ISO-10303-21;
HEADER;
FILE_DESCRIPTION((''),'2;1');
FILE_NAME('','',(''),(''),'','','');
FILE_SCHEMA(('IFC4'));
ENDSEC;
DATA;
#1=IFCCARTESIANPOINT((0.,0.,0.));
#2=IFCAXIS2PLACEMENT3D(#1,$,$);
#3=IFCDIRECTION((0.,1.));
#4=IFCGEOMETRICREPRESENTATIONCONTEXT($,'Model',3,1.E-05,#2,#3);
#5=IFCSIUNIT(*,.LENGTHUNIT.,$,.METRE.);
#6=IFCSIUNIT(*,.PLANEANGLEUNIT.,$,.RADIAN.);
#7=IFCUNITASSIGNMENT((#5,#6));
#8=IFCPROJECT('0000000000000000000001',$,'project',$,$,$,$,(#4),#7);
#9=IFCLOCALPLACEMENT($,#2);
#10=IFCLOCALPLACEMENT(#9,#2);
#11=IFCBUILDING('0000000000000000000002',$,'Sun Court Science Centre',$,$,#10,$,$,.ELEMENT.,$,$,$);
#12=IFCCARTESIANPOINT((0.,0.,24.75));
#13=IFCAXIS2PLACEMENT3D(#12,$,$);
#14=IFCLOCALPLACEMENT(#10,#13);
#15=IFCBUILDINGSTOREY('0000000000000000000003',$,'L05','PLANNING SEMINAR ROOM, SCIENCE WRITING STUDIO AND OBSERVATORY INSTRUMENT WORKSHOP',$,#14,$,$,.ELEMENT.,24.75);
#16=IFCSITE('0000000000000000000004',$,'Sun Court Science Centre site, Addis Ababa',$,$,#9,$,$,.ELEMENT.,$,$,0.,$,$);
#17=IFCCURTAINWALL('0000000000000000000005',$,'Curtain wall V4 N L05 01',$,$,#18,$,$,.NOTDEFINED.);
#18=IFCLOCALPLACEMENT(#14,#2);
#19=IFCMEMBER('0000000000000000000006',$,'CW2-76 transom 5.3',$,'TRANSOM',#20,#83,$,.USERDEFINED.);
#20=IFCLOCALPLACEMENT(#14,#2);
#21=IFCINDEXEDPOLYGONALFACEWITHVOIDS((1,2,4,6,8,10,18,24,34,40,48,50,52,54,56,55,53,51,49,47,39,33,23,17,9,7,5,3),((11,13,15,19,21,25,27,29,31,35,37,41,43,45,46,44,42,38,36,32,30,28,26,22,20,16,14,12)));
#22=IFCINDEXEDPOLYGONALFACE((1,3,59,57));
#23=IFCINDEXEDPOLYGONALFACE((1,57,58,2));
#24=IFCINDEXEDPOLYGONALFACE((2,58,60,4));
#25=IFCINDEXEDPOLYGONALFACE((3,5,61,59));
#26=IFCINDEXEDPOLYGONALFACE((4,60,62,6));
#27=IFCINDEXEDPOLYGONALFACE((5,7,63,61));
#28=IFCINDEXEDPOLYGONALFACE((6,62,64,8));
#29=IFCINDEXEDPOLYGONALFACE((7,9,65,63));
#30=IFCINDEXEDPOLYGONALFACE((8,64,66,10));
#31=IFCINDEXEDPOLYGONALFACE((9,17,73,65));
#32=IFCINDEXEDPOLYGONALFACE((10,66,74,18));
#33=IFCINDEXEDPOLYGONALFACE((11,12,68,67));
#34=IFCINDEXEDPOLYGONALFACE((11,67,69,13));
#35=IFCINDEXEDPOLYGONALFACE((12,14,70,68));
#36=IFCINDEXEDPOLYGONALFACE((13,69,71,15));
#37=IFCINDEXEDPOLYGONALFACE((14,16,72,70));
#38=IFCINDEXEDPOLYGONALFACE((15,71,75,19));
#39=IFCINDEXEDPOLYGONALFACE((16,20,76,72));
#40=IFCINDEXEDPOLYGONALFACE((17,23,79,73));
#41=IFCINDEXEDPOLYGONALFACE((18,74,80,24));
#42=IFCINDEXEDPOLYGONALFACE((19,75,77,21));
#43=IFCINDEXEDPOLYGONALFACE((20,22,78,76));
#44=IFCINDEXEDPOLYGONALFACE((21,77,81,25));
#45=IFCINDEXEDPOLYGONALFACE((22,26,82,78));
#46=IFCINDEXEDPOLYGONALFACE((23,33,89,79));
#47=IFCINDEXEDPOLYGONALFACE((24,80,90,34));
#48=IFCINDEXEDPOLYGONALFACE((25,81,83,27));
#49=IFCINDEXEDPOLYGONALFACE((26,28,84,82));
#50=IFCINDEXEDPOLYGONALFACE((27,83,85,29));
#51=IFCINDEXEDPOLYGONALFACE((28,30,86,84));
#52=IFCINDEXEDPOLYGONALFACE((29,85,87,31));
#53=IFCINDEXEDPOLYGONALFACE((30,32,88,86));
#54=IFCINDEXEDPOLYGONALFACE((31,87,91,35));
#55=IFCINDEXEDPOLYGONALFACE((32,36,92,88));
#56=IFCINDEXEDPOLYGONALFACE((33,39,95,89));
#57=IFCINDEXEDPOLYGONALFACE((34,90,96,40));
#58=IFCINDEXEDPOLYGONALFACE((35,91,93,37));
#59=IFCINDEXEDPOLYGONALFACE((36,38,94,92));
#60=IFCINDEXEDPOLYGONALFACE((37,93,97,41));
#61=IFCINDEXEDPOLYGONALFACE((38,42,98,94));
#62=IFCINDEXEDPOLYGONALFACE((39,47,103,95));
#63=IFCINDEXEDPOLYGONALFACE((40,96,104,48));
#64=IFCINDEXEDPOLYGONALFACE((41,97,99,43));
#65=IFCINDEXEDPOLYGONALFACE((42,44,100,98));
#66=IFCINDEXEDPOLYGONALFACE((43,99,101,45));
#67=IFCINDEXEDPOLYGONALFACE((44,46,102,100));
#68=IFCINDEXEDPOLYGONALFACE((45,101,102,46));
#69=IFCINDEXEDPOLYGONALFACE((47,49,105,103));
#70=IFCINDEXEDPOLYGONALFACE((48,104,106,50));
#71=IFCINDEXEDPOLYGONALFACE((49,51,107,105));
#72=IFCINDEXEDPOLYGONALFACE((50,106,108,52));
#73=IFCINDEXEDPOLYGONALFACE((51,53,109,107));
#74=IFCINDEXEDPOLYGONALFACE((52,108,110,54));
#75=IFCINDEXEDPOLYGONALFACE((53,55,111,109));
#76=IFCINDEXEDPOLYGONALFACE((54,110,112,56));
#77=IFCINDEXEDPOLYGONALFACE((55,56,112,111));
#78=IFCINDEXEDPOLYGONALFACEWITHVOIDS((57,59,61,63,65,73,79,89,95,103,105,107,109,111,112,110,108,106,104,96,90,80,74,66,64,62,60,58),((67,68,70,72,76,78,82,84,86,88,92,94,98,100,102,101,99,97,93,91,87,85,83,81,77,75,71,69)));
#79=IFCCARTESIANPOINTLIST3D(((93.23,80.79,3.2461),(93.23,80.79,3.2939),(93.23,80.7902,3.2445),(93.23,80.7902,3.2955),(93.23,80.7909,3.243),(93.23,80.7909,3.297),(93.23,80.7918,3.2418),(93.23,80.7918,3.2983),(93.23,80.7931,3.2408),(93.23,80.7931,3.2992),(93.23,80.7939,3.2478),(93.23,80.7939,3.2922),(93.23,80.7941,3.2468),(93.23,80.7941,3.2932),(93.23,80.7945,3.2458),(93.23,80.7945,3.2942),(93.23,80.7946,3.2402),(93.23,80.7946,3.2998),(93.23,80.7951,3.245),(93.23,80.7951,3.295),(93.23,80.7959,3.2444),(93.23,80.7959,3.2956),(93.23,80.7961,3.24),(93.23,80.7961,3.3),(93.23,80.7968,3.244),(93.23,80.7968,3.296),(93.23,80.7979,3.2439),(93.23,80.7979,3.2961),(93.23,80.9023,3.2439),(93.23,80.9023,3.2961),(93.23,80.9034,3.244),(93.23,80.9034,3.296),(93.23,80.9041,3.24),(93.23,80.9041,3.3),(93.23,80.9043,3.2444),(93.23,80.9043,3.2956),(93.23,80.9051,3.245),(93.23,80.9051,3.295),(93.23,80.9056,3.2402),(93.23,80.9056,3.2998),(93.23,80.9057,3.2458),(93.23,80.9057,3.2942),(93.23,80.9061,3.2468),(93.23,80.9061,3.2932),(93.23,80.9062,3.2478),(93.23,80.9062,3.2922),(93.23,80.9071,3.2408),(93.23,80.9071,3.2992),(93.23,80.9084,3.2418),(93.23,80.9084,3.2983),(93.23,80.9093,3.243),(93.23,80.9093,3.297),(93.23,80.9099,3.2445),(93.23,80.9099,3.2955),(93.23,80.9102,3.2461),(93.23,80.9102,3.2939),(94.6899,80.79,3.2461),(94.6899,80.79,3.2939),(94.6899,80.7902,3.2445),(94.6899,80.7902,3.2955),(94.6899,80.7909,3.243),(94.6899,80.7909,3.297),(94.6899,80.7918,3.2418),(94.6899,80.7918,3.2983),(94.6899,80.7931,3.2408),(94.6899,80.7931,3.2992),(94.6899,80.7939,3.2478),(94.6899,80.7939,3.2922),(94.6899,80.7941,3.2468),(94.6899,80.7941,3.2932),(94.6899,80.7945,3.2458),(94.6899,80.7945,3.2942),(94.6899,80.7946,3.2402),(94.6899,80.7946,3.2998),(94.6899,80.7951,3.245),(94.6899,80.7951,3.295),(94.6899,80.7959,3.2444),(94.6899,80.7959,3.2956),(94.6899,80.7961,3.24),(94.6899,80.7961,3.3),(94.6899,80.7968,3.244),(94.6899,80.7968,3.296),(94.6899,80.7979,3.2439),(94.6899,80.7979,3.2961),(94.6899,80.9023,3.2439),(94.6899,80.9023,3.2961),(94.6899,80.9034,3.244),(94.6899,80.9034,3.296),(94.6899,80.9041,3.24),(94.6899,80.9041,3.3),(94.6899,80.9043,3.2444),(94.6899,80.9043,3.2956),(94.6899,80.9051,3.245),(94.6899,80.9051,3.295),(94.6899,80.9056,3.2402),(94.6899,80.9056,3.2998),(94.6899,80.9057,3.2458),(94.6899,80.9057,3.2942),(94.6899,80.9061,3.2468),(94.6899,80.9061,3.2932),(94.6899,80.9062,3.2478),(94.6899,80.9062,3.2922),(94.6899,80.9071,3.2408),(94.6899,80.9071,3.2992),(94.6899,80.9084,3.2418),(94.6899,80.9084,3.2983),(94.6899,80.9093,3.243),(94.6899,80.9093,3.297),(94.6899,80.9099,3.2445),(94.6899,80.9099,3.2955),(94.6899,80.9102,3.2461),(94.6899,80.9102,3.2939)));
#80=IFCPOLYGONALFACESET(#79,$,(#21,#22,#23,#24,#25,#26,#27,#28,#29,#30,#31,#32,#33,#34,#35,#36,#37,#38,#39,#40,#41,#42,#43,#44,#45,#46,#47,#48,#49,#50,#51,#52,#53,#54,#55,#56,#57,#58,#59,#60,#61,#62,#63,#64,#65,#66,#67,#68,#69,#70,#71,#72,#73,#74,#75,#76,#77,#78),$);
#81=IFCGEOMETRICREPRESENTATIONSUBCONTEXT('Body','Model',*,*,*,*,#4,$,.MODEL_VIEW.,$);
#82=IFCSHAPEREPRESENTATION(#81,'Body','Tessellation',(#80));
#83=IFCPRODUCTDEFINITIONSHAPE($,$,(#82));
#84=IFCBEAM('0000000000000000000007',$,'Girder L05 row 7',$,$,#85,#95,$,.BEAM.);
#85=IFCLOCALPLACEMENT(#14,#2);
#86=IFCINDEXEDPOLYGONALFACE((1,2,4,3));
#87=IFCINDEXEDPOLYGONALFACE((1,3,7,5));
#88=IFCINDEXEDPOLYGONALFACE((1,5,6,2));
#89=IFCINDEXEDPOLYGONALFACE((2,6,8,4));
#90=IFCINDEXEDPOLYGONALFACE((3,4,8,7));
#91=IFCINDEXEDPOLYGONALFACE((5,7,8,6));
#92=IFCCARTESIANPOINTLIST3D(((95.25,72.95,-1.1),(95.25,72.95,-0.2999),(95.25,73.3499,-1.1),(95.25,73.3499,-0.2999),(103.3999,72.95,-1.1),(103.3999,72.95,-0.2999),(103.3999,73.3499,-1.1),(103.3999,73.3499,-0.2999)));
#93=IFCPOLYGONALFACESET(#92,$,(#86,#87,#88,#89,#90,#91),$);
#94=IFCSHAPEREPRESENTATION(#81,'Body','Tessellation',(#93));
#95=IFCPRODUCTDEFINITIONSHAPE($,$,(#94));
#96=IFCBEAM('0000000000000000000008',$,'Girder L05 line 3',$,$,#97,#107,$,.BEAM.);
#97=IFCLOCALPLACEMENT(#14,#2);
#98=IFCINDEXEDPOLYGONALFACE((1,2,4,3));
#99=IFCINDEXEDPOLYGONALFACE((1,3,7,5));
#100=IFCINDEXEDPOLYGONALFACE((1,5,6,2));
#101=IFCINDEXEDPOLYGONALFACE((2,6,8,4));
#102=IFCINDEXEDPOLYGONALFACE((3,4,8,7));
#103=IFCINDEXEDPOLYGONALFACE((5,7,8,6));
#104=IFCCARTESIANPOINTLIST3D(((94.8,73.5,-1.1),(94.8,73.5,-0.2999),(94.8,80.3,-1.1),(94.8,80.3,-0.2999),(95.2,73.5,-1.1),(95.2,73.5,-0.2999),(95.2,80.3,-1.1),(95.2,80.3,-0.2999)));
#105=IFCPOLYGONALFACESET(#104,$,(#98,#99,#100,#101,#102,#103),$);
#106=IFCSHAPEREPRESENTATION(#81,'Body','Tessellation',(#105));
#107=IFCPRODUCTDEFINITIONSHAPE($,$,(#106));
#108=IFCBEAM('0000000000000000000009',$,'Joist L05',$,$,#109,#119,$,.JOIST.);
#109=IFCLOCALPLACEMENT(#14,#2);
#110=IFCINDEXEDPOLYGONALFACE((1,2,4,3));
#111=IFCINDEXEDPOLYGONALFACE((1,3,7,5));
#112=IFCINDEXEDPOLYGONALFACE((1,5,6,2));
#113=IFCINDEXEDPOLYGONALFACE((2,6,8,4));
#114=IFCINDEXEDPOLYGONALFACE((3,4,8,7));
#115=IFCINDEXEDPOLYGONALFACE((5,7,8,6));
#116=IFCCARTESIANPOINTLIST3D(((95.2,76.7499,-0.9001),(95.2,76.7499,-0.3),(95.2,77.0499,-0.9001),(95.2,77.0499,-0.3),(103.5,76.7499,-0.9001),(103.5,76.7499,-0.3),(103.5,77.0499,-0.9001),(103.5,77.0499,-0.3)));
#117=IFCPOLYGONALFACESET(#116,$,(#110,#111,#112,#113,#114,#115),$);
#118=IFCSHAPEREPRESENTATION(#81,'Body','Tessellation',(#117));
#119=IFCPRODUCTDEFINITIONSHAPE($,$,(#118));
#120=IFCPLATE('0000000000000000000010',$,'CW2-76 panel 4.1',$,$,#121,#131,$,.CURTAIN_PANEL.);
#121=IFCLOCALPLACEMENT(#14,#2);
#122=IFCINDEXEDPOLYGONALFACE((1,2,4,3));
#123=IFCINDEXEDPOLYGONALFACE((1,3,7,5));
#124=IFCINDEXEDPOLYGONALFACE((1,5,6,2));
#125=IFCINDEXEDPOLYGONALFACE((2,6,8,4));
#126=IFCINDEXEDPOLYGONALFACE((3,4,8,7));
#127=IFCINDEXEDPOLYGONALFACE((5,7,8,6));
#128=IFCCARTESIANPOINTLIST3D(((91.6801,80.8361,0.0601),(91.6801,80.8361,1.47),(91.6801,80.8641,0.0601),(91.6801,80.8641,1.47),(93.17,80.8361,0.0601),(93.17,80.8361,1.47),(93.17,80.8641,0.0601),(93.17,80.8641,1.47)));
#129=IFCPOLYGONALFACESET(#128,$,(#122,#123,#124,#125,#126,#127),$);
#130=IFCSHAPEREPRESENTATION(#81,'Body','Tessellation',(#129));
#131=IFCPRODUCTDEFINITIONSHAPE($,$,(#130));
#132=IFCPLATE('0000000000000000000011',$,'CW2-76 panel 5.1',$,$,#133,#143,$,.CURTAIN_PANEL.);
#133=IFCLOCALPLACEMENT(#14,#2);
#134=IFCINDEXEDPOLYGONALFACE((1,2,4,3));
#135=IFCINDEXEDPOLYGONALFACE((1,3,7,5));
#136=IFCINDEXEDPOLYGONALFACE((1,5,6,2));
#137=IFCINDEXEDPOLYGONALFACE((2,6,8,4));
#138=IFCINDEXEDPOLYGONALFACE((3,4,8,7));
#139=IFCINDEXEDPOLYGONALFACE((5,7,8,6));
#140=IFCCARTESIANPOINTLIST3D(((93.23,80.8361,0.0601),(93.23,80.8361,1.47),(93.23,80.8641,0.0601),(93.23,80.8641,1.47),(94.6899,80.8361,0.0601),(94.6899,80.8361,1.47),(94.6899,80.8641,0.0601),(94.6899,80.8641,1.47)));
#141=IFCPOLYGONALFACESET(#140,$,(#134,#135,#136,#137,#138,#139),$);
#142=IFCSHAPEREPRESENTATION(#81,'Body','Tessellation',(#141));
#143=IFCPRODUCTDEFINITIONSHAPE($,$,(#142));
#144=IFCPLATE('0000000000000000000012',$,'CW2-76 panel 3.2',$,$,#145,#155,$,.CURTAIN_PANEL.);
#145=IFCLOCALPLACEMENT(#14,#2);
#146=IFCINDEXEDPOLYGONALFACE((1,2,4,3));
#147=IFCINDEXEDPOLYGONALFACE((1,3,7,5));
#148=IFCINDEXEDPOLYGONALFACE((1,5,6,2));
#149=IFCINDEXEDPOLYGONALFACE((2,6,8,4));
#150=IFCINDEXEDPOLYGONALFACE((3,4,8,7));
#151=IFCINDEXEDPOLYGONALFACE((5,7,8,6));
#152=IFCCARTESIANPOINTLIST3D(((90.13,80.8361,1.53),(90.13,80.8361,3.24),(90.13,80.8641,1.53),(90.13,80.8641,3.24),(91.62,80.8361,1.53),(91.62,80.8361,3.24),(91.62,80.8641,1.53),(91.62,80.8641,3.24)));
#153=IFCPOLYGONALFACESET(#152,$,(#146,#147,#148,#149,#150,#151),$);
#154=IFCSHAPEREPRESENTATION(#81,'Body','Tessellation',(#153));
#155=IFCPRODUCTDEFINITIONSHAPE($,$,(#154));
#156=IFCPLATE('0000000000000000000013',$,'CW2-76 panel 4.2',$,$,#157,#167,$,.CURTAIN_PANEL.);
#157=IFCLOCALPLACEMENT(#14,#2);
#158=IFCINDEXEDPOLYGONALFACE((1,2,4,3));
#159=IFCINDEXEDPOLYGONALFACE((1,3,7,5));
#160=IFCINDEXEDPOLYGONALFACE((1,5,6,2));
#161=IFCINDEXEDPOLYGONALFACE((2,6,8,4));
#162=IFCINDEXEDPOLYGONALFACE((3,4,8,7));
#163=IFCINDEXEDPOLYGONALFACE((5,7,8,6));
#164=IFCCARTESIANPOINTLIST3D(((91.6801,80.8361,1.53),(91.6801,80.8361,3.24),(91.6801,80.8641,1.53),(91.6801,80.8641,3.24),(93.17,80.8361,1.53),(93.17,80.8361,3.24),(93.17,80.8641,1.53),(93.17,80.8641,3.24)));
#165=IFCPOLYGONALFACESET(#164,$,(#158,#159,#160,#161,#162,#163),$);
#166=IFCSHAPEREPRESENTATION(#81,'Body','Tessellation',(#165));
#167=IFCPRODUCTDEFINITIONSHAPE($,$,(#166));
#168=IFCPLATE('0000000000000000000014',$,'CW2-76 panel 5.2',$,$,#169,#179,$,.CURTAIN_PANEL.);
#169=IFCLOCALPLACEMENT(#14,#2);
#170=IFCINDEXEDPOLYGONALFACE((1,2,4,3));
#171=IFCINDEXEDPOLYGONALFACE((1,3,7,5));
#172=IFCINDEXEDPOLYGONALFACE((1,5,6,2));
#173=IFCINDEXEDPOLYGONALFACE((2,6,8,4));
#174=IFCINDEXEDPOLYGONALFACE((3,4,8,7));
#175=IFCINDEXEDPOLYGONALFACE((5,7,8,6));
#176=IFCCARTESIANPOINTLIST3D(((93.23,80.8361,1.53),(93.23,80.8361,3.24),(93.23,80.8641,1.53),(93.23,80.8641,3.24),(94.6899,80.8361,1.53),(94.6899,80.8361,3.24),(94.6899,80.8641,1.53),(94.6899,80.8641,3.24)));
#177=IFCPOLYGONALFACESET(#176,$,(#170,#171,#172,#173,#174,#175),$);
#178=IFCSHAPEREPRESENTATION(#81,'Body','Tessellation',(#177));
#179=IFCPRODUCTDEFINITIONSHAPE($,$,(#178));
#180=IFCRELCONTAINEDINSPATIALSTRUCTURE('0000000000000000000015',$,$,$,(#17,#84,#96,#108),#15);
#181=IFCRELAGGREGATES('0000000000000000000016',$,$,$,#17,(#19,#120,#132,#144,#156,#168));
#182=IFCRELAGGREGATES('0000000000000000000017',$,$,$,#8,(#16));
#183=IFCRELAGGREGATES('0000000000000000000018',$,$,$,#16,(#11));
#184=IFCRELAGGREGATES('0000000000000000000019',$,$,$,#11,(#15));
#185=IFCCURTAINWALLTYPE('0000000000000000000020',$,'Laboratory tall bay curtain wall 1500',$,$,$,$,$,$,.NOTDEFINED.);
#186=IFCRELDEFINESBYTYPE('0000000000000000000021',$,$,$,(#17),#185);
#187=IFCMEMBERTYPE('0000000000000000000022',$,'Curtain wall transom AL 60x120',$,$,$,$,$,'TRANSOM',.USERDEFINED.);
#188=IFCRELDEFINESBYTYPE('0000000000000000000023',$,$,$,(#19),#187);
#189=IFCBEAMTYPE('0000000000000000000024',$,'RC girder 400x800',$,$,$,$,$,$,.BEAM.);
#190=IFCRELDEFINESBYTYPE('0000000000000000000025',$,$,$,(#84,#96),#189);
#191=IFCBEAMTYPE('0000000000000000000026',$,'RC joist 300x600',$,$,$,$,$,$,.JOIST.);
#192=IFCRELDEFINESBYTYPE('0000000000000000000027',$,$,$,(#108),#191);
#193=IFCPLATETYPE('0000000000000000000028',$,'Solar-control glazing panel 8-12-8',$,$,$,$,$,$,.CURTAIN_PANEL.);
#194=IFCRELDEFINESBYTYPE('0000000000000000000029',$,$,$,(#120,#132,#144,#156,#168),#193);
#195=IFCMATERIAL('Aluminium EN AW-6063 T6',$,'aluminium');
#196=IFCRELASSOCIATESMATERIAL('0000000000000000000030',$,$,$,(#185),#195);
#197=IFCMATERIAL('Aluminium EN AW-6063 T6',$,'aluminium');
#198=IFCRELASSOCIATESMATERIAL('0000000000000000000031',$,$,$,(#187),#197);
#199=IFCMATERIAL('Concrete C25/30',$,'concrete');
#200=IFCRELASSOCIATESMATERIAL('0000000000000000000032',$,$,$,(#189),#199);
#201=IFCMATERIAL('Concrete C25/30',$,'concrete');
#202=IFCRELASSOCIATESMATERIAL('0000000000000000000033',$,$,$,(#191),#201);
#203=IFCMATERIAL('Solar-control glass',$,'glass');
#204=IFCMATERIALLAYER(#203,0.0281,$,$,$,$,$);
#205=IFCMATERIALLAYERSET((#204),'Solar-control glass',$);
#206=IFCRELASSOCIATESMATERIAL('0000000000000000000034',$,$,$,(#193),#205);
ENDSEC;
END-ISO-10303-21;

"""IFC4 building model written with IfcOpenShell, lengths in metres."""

from ifc_helpers import new_model, si_unit, direction, frame, origin, origin_2d, place, context, subcontext, project, spatial, rectangle, hollow_rectangle, extrude, material, layer, layer_set, material_profile, profile_set, type_object, element, aggregate, save


model = new_model("IFC4")

# Units and contexts
model_context = context("Model", 3, precision=1e-05, world=origin(), true_north=direction((0.0, 1.0)))
body_context = subcontext(model_context, "Body", "Model", "MODEL_VIEW")
ifc_project = project(units=[si_unit("LENGTHUNIT", "METRE"), si_unit("PLANEANGLEUNIT", "RADIAN")], contexts=[model_context])

# Site, building, storey
site_placement = place(None, origin())
site = spatial("IfcSite", under=ifc_project, at=site_placement, Name="Sun Court Science Centre site, Addis Ababa", CompositionType="ELEMENT", RefElevation=0.0)
building_placement = place(site_placement, origin())
building = spatial("IfcBuilding", under=site, at=building_placement, Name="Sun Court Science Centre", CompositionType="ELEMENT")
storey_placement = place(building_placement, frame((0.0, 0.0, 24.75)))
storey = spatial("IfcBuildingStorey", under=building, at=storey_placement, Name="L05", Description="PLANNING SEMINAR ROOM, SCIENCE WRITING STUDIO AND OBSERVATORY INSTRUMENT WORKSHOP", CompositionType="ELEMENT", Elevation=24.75)

# Curtain wall, member
ifc_material_1 = material(Name="Aluminium EN AW-6063 T6", Category="aluminium")
curtain_wall_type = type_object("IfcCurtainWallType", Name="Laboratory tall bay curtain wall 1500", PredefinedType="NOTDEFINED", material=ifc_material_1)
curtain_wall_placement = place(storey_placement, origin())
curtain_wall = element("IfcCurtainWall", 1, at=curtain_wall_placement, inside=storey, type_object=curtain_wall_type, Name="Curtain wall V4 N L05 01", PredefinedType="NOTDEFINED")
ifc_material_2 = material(Name="Aluminium EN AW-6063 T6", Category="aluminium")
ifc_material_profile_1 = material_profile(ifc_material_2, hollow_rectangle(XDim=0.0601, YDim=0.1201, WallThickness=0.0039, InnerFilletRadius=0.0039, OuterFilletRadius=0.0061, at=origin_2d()), Name="AL 60x120x4")
ifc_profile_set_1 = profile_set([ifc_material_profile_1], Name="Aluminium EN AW-6063 T6")
member_type_1 = type_object("IfcMemberType", Name="Curtain wall transom AL 60x120", ElementType="TRANSOM", PredefinedType="USERDEFINED", material=ifc_profile_set_1)
member_1_placement = place(storey_placement, frame((93.23, 80.8501, 3.27), z_axis=(1.0, 0.0, 0.0), x_axis=(0.0, 0.0, 1.0)))
member_1 = element("IfcMember", 2, at=member_1_placement, type_object=member_type_1, Name="CW2-76 transom 5.3", ObjectType="TRANSOM", PredefinedType="USERDEFINED", context=body_context, shape_type="SweptSolid", body=[
    extrude(hollow_rectangle(XDim=0.0601, YDim=0.1201, WallThickness=0.0039, InnerFilletRadius=0.0039, OuterFilletRadius=0.0061, at=origin_2d()), origin(), (0.0, 0.0, 1.0), 1.46),
])

# Beams
ifc_material_3 = material(Name="Concrete C25/30", Category="concrete")
ifc_material_profile_2 = material_profile(ifc_material_3, rectangle(XDim=0.3999, YDim=0.8, at=origin_2d()), Name="RC 400x800")
ifc_profile_set_2 = profile_set([ifc_material_profile_2], Name="Concrete C25/30")
beam_type_1 = type_object("IfcBeamType", Name="RC girder 400x800", PredefinedType="BEAM", material=ifc_profile_set_2)
beam_1_placement = place(storey_placement, frame((95.25, 73.1499, -0.7), z_axis=(1.0, 0.0, 0.0), x_axis=(0.0, 1.0, 0.0)))
element("IfcBeam", 3, at=beam_1_placement, inside=storey, type_object=beam_type_1, Name="Girder L05 row 7", PredefinedType="BEAM", context=body_context, shape_type="SweptSolid", body=[
    extrude(rectangle(XDim=0.3999, YDim=0.8, at=origin_2d()), origin(), (0.0, 0.0, 1.0), 8.1499),
])
beam_2_placement = place(storey_placement, frame((95.0, 73.5, -0.7), z_axis=(0.0, 1.0, 0.0), x_axis=(-1.0, 0.0, 0.0)))
element("IfcBeam", 4, at=beam_2_placement, inside=storey, type_object=beam_type_1, Name="Girder L05 line 3", PredefinedType="BEAM", context=body_context, shape_type="SweptSolid", body=[
    extrude(rectangle(XDim=0.3999, YDim=0.8, at=origin_2d()), origin(), (0.0, 0.0, 1.0), 6.8),
])
ifc_material_4 = material(Name="Concrete C25/30", Category="concrete")
ifc_material_profile_3 = material_profile(ifc_material_4, rectangle(XDim=0.3, YDim=0.6001, at=origin_2d()), Name="RC 300x600")
ifc_profile_set_3 = profile_set([ifc_material_profile_3], Name="Concrete C25/30")
beam_type_2 = type_object("IfcBeamType", Name="RC joist 300x600", PredefinedType="JOIST", material=ifc_profile_set_3)
beam_3_placement = place(storey_placement, frame((95.2, 76.8999, -0.6001), z_axis=(1.0, 0.0, 0.0), x_axis=(0.0, 1.0, 0.0)))
element("IfcBeam", 5, at=beam_3_placement, inside=storey, type_object=beam_type_2, Name="Joist L05", PredefinedType="JOIST", context=body_context, shape_type="SweptSolid", body=[
    extrude(rectangle(XDim=0.3, YDim=0.6001, at=origin_2d()), origin(), (0.0, 0.0, 1.0), 8.3),
])

# Plates
ifc_material_5 = material(Name="Solar-control glass", Category="glass")
ifc_layer = layer(ifc_material_5, 0.0281)
ifc_layer_set = layer_set([ifc_layer], Name="Solar-control glass")
plate_type = type_object("IfcPlateType", Name="Solar-control glazing panel 8-12-8", PredefinedType="CURTAIN_PANEL", material=ifc_layer_set)
plate_1_placement = place(storey_placement, frame((92.425, 80.8501, 0.0601), z_axis=(0.0, 0.0, 1.0), x_axis=(1.0, 0.0, 0.0)))
plate_1 = element("IfcPlate", 6, at=plate_1_placement, type_object=plate_type, Name="CW2-76 panel 4.1", PredefinedType="CURTAIN_PANEL", context=body_context, shape_type="SweptSolid", body=[
    extrude(rectangle(XDim=1.49, YDim=0.0281, at=origin_2d()), origin(), (0.0, 0.0, 1.0), 1.4099),
])
plate_2_placement = place(storey_placement, frame((93.96, 80.8501, 0.0601), z_axis=(0.0, 0.0, 1.0), x_axis=(1.0, 0.0, 0.0)))
plate_2 = element("IfcPlate", 7, at=plate_2_placement, type_object=plate_type, Name="CW2-76 panel 5.1", PredefinedType="CURTAIN_PANEL", context=body_context, shape_type="SweptSolid", body=[
    extrude(rectangle(XDim=1.46, YDim=0.0281, at=origin_2d()), origin(), (0.0, 0.0, 1.0), 1.4099),
])
plate_3_placement = place(storey_placement, frame((90.875, 80.8501, 1.53), z_axis=(0.0, 0.0, 1.0), x_axis=(1.0, 0.0, 0.0)))
plate_3 = element("IfcPlate", 8, at=plate_3_placement, type_object=plate_type, Name="CW2-76 panel 3.2", PredefinedType="CURTAIN_PANEL", context=body_context, shape_type="SweptSolid", body=[
    extrude(rectangle(XDim=1.49, YDim=0.0281, at=origin_2d()), origin(), (0.0, 0.0, 1.0), 1.71),
])
plate_4_placement = place(storey_placement, frame((92.425, 80.8501, 1.53), z_axis=(0.0, 0.0, 1.0), x_axis=(1.0, 0.0, 0.0)))
plate_4 = element("IfcPlate", 9, at=plate_4_placement, type_object=plate_type, Name="CW2-76 panel 4.2", PredefinedType="CURTAIN_PANEL", context=body_context, shape_type="SweptSolid", body=[
    extrude(rectangle(XDim=1.49, YDim=0.0281, at=origin_2d()), origin(), (0.0, 0.0, 1.0), 1.71),
])
plate_5_placement = place(storey_placement, frame((93.96, 80.8501, 1.53), z_axis=(0.0, 0.0, 1.0), x_axis=(1.0, 0.0, 0.0)))
plate_5 = element("IfcPlate", 10, at=plate_5_placement, type_object=plate_type, Name="CW2-76 panel 5.2", PredefinedType="CURTAIN_PANEL", context=body_context, shape_type="SweptSolid", body=[
    extrude(rectangle(XDim=1.46, YDim=0.0281, at=origin_2d()), origin(), (0.0, 0.0, 1.0), 1.71),
])
aggregate(curtain_wall, [member_1, plate_1, plate_2, plate_3, plate_4, plate_5])

save(model, "model.ifc")
